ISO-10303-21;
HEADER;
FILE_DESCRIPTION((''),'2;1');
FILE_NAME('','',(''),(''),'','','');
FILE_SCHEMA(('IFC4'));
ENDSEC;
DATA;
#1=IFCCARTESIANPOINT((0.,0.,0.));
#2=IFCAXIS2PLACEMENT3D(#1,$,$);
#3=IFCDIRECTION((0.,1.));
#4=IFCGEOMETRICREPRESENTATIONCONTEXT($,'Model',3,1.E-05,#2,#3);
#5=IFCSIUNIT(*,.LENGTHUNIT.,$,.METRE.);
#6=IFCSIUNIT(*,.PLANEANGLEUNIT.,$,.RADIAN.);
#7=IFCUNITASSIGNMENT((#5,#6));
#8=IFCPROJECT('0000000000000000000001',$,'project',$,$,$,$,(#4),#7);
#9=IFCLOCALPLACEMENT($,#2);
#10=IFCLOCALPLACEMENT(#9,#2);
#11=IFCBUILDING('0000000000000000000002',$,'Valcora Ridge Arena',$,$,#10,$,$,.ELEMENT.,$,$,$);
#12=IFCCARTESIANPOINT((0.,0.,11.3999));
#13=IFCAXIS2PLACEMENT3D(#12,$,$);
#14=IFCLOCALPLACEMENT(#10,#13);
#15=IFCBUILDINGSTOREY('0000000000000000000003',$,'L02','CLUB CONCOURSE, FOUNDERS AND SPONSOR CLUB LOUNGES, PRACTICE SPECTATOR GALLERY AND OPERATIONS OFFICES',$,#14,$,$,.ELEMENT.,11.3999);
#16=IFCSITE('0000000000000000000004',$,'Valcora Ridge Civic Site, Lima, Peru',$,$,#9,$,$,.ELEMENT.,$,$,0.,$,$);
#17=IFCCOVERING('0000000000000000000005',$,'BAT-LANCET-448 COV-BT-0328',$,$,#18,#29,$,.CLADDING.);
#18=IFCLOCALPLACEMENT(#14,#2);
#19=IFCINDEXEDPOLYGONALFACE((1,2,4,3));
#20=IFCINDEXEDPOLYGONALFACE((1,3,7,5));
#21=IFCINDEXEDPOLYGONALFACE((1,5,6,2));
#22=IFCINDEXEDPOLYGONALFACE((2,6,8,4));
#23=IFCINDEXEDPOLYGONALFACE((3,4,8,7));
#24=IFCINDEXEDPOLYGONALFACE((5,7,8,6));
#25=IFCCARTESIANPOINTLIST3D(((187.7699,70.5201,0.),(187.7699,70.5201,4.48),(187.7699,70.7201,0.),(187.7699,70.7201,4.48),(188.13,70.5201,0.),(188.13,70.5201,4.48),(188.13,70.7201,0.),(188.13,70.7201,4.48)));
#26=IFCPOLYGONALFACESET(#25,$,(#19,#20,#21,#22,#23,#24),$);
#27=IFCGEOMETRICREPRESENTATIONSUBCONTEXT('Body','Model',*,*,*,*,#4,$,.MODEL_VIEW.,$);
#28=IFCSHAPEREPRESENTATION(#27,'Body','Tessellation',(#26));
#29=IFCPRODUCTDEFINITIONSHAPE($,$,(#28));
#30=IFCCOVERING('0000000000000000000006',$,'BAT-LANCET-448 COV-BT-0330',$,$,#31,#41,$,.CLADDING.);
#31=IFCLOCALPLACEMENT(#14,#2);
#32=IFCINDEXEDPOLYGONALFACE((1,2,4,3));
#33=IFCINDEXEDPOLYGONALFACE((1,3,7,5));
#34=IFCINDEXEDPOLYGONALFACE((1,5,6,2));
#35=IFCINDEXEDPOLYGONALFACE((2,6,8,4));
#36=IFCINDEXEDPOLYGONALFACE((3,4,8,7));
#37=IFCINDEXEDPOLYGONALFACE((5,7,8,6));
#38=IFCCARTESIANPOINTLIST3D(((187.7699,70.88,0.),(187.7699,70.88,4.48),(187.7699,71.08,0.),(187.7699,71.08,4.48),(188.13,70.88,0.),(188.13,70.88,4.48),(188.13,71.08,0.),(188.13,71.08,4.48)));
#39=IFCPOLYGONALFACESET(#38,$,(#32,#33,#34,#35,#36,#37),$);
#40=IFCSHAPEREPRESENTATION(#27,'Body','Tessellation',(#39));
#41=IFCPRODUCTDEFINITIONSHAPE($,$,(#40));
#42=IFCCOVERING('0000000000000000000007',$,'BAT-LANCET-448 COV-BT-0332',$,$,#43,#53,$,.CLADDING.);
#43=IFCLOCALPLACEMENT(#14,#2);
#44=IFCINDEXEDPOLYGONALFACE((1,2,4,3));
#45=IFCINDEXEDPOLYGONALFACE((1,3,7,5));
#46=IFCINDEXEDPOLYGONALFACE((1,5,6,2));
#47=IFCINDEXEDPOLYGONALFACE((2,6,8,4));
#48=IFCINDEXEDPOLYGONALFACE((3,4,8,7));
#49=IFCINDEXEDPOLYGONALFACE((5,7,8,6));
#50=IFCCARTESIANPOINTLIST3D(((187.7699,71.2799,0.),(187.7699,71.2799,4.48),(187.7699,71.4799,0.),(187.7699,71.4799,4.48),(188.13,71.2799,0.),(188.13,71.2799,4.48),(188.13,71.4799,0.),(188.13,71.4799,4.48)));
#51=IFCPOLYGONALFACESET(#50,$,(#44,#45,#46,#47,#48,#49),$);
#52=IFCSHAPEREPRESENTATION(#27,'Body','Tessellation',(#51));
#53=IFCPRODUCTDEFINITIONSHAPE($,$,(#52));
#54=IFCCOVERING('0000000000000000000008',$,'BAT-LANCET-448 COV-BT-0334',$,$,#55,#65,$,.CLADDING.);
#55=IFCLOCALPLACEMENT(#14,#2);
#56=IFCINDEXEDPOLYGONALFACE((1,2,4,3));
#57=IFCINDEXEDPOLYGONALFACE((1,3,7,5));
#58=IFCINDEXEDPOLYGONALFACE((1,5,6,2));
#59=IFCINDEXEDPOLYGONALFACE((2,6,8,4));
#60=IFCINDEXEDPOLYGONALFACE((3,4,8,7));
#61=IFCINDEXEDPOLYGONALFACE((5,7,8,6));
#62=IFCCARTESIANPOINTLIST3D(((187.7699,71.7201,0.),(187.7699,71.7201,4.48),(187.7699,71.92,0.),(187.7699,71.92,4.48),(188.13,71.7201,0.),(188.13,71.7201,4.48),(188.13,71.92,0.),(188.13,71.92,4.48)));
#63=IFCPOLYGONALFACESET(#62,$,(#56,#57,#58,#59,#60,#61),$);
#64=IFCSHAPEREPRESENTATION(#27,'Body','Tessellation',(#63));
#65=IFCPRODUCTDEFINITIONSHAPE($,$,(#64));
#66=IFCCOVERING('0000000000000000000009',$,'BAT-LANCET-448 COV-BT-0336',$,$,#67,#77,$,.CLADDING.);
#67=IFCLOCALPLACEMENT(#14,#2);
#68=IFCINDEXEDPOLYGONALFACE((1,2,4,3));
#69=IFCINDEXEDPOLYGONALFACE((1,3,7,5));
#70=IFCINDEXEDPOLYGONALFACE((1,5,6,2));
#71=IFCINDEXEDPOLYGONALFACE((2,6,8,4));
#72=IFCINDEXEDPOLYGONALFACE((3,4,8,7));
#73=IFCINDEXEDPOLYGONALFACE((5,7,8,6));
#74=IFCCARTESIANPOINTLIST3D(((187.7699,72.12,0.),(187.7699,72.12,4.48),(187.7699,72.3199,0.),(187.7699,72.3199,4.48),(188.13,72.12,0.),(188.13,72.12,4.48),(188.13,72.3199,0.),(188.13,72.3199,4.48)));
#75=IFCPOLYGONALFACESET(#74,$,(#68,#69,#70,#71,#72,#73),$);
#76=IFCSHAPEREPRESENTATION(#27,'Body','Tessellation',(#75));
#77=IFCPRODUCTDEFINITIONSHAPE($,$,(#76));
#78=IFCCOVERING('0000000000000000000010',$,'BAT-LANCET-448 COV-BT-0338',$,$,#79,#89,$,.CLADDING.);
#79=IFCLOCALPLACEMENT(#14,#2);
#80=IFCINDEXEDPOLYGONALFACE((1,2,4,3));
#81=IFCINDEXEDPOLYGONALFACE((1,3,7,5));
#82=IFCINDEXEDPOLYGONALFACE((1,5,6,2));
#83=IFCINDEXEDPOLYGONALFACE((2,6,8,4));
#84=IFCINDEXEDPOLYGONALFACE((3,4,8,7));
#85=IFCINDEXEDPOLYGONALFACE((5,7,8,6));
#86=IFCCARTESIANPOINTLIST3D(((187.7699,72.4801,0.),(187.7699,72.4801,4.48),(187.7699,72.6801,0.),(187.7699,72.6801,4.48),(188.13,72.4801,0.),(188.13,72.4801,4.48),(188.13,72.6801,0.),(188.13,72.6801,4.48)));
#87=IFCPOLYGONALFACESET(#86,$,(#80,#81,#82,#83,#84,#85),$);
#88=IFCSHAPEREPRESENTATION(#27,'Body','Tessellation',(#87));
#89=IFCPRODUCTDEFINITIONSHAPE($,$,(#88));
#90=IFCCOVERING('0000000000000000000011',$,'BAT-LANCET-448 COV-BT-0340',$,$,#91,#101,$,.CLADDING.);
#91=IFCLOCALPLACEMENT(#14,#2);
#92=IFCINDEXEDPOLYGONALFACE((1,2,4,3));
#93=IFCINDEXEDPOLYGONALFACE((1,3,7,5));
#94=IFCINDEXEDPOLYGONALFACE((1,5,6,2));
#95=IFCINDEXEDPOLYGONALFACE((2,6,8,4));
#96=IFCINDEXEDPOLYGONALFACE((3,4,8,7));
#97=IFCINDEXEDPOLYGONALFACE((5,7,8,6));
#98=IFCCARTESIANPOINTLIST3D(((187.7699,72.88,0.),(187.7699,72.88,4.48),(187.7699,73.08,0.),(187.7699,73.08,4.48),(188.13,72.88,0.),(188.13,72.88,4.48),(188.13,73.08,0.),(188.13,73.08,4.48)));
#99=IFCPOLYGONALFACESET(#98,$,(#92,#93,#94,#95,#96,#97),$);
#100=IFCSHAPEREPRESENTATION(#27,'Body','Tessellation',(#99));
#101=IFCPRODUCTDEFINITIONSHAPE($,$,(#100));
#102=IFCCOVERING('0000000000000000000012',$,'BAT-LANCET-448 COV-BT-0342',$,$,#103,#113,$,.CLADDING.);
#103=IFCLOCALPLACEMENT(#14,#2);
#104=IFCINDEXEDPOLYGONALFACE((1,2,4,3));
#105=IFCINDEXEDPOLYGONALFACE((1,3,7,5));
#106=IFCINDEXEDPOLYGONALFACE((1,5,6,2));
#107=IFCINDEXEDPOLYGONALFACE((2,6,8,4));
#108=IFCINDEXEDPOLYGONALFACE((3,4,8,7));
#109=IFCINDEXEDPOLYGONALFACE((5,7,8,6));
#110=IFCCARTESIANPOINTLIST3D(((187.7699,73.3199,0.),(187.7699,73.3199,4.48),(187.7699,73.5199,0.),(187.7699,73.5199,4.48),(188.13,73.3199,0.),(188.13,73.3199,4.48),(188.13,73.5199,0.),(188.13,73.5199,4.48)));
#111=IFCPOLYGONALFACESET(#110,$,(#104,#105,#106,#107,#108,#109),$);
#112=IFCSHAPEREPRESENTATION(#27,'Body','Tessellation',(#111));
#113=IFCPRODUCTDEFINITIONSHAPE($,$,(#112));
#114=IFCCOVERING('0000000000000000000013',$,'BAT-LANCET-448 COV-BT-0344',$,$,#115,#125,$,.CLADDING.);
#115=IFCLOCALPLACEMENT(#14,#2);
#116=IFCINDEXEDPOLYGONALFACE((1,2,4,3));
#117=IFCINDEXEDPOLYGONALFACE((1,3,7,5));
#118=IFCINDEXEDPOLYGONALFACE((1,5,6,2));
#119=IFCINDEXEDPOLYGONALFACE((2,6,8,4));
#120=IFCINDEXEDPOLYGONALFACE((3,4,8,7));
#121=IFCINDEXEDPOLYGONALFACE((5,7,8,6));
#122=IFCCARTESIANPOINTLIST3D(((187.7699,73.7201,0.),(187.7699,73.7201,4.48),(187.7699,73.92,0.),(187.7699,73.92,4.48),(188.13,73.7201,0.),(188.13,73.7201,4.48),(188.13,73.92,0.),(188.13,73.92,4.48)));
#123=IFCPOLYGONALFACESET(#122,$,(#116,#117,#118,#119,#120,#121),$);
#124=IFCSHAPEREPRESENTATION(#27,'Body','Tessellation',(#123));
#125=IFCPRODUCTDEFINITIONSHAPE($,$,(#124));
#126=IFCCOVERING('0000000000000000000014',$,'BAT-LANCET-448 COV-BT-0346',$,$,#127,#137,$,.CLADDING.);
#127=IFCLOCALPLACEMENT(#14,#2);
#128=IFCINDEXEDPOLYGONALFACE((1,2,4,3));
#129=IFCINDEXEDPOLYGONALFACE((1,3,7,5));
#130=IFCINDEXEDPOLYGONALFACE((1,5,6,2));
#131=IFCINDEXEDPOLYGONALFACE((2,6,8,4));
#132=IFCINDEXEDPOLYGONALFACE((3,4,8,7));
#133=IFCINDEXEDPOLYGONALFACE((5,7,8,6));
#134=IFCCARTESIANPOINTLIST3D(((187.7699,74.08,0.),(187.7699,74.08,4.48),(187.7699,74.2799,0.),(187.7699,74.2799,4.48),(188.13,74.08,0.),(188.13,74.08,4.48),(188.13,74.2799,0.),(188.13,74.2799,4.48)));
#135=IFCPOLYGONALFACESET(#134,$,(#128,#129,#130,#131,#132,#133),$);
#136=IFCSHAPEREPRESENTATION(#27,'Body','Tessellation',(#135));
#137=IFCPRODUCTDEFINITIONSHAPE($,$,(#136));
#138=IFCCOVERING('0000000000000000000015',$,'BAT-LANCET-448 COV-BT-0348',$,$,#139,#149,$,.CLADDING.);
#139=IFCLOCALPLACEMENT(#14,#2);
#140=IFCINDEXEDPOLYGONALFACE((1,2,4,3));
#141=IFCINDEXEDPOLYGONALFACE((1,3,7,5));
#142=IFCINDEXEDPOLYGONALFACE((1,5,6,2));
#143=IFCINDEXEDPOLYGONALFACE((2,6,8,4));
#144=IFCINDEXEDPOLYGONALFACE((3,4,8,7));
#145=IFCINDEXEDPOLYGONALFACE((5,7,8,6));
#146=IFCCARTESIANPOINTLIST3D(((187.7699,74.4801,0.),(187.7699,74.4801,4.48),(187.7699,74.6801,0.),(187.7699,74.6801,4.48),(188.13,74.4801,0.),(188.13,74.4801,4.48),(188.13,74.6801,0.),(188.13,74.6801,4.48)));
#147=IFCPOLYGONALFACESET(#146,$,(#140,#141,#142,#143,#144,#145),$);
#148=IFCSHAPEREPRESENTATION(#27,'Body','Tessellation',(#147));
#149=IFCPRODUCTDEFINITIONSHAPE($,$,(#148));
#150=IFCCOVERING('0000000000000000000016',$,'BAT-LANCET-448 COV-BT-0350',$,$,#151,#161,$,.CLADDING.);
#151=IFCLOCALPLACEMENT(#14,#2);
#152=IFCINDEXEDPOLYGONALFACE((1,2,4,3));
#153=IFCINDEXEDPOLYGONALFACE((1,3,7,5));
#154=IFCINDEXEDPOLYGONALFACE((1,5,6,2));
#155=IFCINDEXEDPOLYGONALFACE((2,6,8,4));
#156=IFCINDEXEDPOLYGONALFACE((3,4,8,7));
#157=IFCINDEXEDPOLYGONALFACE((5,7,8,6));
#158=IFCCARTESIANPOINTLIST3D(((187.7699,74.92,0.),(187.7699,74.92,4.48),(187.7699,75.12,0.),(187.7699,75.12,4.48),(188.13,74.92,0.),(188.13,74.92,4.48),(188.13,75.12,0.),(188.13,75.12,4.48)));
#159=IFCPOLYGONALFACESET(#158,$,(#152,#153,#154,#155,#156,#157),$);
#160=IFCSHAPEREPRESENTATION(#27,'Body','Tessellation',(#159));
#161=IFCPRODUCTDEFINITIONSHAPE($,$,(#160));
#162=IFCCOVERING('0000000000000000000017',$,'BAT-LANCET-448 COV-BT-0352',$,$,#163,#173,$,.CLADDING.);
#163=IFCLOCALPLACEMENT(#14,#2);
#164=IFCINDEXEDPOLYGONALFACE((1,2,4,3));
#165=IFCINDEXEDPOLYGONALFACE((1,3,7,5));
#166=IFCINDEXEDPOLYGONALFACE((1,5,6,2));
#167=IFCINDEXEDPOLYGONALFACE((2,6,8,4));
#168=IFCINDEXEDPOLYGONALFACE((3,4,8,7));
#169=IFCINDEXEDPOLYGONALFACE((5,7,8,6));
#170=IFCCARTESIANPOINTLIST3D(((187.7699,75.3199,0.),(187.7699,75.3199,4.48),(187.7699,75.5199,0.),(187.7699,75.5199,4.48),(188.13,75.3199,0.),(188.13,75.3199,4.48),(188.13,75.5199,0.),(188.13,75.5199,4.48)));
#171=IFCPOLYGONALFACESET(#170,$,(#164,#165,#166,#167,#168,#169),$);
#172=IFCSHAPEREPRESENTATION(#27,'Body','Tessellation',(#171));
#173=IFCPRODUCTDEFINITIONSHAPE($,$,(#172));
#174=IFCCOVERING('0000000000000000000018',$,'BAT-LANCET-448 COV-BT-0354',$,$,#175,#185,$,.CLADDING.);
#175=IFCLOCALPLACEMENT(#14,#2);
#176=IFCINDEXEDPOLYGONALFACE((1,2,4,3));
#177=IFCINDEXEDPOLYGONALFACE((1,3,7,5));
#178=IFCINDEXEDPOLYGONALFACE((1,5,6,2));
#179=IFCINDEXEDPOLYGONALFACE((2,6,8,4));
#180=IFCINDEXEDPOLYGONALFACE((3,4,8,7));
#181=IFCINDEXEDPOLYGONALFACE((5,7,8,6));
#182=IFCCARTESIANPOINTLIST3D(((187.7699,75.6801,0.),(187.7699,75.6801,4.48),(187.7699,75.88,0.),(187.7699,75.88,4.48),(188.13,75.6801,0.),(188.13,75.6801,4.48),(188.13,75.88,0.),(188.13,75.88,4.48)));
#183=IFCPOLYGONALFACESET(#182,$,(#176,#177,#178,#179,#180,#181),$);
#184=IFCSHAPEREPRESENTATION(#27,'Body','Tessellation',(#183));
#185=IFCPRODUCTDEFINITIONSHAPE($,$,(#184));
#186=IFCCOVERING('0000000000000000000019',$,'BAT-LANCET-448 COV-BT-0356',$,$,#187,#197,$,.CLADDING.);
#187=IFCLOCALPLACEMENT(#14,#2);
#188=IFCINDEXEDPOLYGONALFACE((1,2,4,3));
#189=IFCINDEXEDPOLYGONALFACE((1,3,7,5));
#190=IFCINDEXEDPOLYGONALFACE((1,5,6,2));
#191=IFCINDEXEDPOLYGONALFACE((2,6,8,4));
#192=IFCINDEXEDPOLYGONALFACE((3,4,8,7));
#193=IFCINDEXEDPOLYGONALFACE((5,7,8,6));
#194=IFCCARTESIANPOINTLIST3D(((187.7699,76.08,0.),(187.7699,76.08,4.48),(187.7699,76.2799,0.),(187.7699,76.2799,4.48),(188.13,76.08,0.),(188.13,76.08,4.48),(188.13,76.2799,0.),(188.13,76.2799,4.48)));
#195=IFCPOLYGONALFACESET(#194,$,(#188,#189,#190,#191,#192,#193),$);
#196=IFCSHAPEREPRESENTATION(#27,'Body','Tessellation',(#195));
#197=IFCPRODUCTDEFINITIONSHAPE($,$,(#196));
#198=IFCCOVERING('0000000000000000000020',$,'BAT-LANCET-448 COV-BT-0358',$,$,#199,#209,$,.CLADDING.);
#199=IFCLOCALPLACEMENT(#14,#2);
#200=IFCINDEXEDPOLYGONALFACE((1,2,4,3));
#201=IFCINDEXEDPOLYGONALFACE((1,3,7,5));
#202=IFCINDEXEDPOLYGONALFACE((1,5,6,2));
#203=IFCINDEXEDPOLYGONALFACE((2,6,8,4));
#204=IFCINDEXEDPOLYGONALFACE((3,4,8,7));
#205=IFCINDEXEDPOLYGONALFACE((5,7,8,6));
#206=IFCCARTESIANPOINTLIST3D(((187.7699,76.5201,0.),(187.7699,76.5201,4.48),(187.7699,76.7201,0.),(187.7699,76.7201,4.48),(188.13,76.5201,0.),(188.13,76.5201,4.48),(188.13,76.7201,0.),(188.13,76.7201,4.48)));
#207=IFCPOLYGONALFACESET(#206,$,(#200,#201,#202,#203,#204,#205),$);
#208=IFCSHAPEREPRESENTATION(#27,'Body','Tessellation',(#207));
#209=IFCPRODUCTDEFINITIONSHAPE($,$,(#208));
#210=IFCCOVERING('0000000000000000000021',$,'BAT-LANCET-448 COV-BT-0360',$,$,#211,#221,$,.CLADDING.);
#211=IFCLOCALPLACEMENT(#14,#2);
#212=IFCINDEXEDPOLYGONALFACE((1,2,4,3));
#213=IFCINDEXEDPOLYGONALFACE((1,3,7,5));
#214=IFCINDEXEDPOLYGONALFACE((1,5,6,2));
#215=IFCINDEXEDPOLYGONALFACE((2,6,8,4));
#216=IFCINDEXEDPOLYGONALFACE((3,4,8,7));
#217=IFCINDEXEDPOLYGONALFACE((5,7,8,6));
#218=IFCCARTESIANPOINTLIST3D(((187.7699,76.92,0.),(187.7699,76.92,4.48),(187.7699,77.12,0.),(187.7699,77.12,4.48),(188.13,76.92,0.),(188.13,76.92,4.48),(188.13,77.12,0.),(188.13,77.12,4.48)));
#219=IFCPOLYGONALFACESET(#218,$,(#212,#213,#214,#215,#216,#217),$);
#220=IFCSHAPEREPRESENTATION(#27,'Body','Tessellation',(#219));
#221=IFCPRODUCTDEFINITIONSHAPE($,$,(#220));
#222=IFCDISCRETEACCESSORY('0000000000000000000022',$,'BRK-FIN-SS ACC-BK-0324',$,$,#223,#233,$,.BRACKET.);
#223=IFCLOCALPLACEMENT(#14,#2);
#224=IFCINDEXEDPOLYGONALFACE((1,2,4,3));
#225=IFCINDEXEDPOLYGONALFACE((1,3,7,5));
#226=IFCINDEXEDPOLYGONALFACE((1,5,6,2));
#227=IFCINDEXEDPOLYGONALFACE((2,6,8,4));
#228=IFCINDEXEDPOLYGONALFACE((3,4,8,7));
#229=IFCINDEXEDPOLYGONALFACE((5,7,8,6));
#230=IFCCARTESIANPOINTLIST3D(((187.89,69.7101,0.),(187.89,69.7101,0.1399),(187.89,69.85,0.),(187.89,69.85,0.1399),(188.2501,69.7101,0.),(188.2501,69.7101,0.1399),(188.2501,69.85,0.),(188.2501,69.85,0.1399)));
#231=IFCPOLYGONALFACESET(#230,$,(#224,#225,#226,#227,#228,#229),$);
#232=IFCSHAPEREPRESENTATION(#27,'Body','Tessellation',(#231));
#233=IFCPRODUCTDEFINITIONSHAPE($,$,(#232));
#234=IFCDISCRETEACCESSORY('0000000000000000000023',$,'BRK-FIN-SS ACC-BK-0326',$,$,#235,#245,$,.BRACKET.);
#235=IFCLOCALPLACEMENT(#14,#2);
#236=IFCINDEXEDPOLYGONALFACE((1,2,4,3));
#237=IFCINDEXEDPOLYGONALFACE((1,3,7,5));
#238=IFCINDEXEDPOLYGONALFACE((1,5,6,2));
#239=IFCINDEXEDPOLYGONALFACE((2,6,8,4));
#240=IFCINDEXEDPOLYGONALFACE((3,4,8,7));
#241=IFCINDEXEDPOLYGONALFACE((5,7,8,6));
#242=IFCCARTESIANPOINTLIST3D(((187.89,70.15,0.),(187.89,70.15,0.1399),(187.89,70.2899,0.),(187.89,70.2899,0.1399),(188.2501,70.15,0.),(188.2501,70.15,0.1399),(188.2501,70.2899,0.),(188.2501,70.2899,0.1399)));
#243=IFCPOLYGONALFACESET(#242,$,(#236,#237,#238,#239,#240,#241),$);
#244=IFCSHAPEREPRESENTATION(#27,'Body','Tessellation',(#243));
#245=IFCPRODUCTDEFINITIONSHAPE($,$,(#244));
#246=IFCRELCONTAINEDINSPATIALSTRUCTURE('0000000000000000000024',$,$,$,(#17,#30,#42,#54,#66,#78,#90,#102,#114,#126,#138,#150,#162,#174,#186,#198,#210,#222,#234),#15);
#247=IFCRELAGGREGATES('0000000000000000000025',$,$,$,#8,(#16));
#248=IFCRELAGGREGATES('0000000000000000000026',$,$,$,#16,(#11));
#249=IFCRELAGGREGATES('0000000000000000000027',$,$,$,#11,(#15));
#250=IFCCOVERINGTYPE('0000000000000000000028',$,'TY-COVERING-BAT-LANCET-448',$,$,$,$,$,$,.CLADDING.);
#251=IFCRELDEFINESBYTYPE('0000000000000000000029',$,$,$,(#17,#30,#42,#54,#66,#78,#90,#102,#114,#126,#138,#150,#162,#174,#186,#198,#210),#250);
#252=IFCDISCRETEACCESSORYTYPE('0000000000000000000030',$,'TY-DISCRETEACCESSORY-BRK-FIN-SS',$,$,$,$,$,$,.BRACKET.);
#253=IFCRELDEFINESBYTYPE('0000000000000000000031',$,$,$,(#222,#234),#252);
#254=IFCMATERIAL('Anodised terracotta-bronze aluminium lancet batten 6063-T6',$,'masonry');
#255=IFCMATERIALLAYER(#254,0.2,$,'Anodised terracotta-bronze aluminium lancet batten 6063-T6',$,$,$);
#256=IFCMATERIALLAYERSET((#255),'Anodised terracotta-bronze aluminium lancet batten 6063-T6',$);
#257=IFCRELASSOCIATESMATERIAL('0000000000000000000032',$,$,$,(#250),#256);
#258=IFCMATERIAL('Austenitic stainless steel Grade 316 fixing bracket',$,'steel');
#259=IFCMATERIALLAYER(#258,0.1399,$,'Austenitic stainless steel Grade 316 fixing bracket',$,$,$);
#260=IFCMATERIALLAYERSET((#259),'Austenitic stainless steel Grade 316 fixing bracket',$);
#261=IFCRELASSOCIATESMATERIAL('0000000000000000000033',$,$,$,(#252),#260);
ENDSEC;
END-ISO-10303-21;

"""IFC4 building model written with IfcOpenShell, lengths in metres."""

from ifc_helpers import new_model, si_unit, direction, frame, origin, origin_2d, place, context, subcontext, project, spatial, rectangle, extrude, material, layer, layer_set, type_object, element, save


model = new_model("IFC4")

# Units and contexts
model_context = context("Model", 3, precision=1e-05, world=origin(), true_north=direction((0.0, 1.0)))
body_context = subcontext(model_context, "Body", "Model", "MODEL_VIEW")
ifc_project = project(units=[si_unit("LENGTHUNIT", "METRE"), si_unit("PLANEANGLEUNIT", "RADIAN")], contexts=[model_context])

# Site, building, storey
site_placement = place(None, origin())
site = spatial("IfcSite", under=ifc_project, at=site_placement, Name="Valcora Ridge Civic Site, Lima, Peru", CompositionType="ELEMENT", RefElevation=0.0)
building_placement = place(site_placement, origin())
building = spatial("IfcBuilding", under=site, at=building_placement, Name="Valcora Ridge Arena", CompositionType="ELEMENT")
storey_placement = place(building_placement, frame((0.0, 0.0, 11.3999)))
storey = spatial("IfcBuildingStorey", under=building, at=storey_placement, Name="L02", Description="CLUB CONCOURSE, FOUNDERS AND SPONSOR CLUB LOUNGES, PRACTICE SPECTATOR GALLERY AND OPERATIONS OFFICES", CompositionType="ELEMENT", Elevation=11.3999)

# Coverings
ifc_material_1 = material(Name="Anodised terracotta-bronze aluminium lancet batten 6063-T6", Category="masonry")
ifc_layer_1 = layer(ifc_material_1, 0.2, Name="Anodised terracotta-bronze aluminium lancet batten 6063-T6")
ifc_layer_set_1 = layer_set([ifc_layer_1], Name="Anodised terracotta-bronze aluminium lancet batten 6063-T6")
covering_type = type_object("IfcCoveringType", Name="TY-COVERING-BAT-LANCET-448", PredefinedType="CLADDING", material=ifc_layer_set_1)
for number, where, z_axis, x_axis, name in (
    (1, (187.95, 70.6201, 0.0), (0.0, 0.0, 1.0), (1.0, 0.0, 0.0), "BAT-LANCET-448 COV-BT-0328"),
    (2, (187.95, 70.98, 0.0), (0.0, 0.0, 1.0), (1.0, 0.0, 0.0), "BAT-LANCET-448 COV-BT-0330"),
    (3, (187.95, 71.3799, 0.0), (0.0, 0.0, 1.0), (1.0, 0.0, 0.0), "BAT-LANCET-448 COV-BT-0332"),
    (4, (187.95, 71.8201, 0.0), (0.0, 0.0, 1.0), (1.0, 0.0, 0.0), "BAT-LANCET-448 COV-BT-0334"),
    (5, (187.95, 72.22, 0.0), (0.0, 0.0, 1.0), (1.0, 0.0, 0.0), "BAT-LANCET-448 COV-BT-0336"),
    (6, (187.95, 72.5801, 0.0), (0.0, 0.0, 1.0), (1.0, 0.0, 0.0), "BAT-LANCET-448 COV-BT-0338"),
    (7, (187.95, 72.98, 0.0), (0.0, 0.0, 1.0), (1.0, 0.0, 0.0), "BAT-LANCET-448 COV-BT-0340"),
    (8, (187.95, 73.4199, 0.0), (0.0, 0.0, 1.0), (1.0, 0.0, 0.0), "BAT-LANCET-448 COV-BT-0342"),
    (9, (187.95, 73.8201, 0.0), (0.0, 0.0, 1.0), (1.0, 0.0, 0.0), "BAT-LANCET-448 COV-BT-0344"),
    (10, (187.95, 74.1799, 0.0), (0.0, 0.0, 1.0), (1.0, 0.0, 0.0), "BAT-LANCET-448 COV-BT-0346"),
    (11, (187.95, 74.5801, 0.0), (0.0, 0.0, 1.0), (1.0, 0.0, 0.0), "BAT-LANCET-448 COV-BT-0348"),
    (12, (187.95, 75.02, 0.0), (0.0, 0.0, 1.0), (1.0, 0.0, 0.0), "BAT-LANCET-448 COV-BT-0350"),
    (13, (187.95, 75.4199, 0.0), (0.0, 0.0, 1.0), (1.0, 0.0, 0.0), "BAT-LANCET-448 COV-BT-0352"),
    (14, (187.95, 75.78, 0.0), (0.0, 0.0, 1.0), (1.0, 0.0, 0.0), "BAT-LANCET-448 COV-BT-0354"),
    (15, (187.95, 76.1799, 0.0), (0.0, 0.0, 1.0), (1.0, 0.0, 0.0), "BAT-LANCET-448 COV-BT-0356"),
    (16, (187.95, 76.6201, 0.0), (0.0, 0.0, 1.0), (1.0, 0.0, 0.0), "BAT-LANCET-448 COV-BT-0358"),
    (17, (187.95, 77.02, 0.0), (0.0, 0.0, 1.0), (1.0, 0.0, 0.0), "BAT-LANCET-448 COV-BT-0360"),
):
    element("IfcCovering", number, at=place(storey_placement, frame(where, z_axis=z_axis, x_axis=x_axis)), inside=storey, type_object=covering_type, Name=name, PredefinedType="CLADDING", context=body_context, shape_type="SweptSolid", body=[
        extrude(rectangle(XDim=0.3601, YDim=0.2, at=origin_2d()), origin(), (0.0, 0.0, 1.0), 4.48),
    ])

# Discrete accessories
ifc_material_2 = material(Name="Austenitic stainless steel Grade 316 fixing bracket", Category="steel")
ifc_layer_2 = layer(ifc_material_2, 0.1399, Name="Austenitic stainless steel Grade 316 fixing bracket")
ifc_layer_set_2 = layer_set([ifc_layer_2], Name="Austenitic stainless steel Grade 316 fixing bracket")
discrete_accessory_type = type_object("IfcDiscreteAccessoryType", Name="TY-DISCRETEACCESSORY-BRK-FIN-SS", PredefinedType="BRACKET", material=ifc_layer_set_2)
for number, where, z_axis, x_axis, name in (
    (18, (188.0701, 69.78, 0.0), (0.0, 0.0, 1.0), (1.0, 0.0, 0.0), "BRK-FIN-SS ACC-BK-0324"),
    (19, (188.0701, 70.22, 0.0), (0.0, 0.0, 1.0), (1.0, 0.0, 0.0), "BRK-FIN-SS ACC-BK-0326"),
):
    element("IfcDiscreteAccessory", number, at=place(storey_placement, frame(where, z_axis=z_axis, x_axis=x_axis)), inside=storey, type_object=discrete_accessory_type, Name=name, PredefinedType="BRACKET", context=body_context, shape_type="SweptSolid", body=[
        extrude(rectangle(XDim=0.3601, YDim=0.1399, at=origin_2d()), origin(), (0.0, 0.0, 1.0), 0.1399),
    ])

save(model, "model.ifc")
